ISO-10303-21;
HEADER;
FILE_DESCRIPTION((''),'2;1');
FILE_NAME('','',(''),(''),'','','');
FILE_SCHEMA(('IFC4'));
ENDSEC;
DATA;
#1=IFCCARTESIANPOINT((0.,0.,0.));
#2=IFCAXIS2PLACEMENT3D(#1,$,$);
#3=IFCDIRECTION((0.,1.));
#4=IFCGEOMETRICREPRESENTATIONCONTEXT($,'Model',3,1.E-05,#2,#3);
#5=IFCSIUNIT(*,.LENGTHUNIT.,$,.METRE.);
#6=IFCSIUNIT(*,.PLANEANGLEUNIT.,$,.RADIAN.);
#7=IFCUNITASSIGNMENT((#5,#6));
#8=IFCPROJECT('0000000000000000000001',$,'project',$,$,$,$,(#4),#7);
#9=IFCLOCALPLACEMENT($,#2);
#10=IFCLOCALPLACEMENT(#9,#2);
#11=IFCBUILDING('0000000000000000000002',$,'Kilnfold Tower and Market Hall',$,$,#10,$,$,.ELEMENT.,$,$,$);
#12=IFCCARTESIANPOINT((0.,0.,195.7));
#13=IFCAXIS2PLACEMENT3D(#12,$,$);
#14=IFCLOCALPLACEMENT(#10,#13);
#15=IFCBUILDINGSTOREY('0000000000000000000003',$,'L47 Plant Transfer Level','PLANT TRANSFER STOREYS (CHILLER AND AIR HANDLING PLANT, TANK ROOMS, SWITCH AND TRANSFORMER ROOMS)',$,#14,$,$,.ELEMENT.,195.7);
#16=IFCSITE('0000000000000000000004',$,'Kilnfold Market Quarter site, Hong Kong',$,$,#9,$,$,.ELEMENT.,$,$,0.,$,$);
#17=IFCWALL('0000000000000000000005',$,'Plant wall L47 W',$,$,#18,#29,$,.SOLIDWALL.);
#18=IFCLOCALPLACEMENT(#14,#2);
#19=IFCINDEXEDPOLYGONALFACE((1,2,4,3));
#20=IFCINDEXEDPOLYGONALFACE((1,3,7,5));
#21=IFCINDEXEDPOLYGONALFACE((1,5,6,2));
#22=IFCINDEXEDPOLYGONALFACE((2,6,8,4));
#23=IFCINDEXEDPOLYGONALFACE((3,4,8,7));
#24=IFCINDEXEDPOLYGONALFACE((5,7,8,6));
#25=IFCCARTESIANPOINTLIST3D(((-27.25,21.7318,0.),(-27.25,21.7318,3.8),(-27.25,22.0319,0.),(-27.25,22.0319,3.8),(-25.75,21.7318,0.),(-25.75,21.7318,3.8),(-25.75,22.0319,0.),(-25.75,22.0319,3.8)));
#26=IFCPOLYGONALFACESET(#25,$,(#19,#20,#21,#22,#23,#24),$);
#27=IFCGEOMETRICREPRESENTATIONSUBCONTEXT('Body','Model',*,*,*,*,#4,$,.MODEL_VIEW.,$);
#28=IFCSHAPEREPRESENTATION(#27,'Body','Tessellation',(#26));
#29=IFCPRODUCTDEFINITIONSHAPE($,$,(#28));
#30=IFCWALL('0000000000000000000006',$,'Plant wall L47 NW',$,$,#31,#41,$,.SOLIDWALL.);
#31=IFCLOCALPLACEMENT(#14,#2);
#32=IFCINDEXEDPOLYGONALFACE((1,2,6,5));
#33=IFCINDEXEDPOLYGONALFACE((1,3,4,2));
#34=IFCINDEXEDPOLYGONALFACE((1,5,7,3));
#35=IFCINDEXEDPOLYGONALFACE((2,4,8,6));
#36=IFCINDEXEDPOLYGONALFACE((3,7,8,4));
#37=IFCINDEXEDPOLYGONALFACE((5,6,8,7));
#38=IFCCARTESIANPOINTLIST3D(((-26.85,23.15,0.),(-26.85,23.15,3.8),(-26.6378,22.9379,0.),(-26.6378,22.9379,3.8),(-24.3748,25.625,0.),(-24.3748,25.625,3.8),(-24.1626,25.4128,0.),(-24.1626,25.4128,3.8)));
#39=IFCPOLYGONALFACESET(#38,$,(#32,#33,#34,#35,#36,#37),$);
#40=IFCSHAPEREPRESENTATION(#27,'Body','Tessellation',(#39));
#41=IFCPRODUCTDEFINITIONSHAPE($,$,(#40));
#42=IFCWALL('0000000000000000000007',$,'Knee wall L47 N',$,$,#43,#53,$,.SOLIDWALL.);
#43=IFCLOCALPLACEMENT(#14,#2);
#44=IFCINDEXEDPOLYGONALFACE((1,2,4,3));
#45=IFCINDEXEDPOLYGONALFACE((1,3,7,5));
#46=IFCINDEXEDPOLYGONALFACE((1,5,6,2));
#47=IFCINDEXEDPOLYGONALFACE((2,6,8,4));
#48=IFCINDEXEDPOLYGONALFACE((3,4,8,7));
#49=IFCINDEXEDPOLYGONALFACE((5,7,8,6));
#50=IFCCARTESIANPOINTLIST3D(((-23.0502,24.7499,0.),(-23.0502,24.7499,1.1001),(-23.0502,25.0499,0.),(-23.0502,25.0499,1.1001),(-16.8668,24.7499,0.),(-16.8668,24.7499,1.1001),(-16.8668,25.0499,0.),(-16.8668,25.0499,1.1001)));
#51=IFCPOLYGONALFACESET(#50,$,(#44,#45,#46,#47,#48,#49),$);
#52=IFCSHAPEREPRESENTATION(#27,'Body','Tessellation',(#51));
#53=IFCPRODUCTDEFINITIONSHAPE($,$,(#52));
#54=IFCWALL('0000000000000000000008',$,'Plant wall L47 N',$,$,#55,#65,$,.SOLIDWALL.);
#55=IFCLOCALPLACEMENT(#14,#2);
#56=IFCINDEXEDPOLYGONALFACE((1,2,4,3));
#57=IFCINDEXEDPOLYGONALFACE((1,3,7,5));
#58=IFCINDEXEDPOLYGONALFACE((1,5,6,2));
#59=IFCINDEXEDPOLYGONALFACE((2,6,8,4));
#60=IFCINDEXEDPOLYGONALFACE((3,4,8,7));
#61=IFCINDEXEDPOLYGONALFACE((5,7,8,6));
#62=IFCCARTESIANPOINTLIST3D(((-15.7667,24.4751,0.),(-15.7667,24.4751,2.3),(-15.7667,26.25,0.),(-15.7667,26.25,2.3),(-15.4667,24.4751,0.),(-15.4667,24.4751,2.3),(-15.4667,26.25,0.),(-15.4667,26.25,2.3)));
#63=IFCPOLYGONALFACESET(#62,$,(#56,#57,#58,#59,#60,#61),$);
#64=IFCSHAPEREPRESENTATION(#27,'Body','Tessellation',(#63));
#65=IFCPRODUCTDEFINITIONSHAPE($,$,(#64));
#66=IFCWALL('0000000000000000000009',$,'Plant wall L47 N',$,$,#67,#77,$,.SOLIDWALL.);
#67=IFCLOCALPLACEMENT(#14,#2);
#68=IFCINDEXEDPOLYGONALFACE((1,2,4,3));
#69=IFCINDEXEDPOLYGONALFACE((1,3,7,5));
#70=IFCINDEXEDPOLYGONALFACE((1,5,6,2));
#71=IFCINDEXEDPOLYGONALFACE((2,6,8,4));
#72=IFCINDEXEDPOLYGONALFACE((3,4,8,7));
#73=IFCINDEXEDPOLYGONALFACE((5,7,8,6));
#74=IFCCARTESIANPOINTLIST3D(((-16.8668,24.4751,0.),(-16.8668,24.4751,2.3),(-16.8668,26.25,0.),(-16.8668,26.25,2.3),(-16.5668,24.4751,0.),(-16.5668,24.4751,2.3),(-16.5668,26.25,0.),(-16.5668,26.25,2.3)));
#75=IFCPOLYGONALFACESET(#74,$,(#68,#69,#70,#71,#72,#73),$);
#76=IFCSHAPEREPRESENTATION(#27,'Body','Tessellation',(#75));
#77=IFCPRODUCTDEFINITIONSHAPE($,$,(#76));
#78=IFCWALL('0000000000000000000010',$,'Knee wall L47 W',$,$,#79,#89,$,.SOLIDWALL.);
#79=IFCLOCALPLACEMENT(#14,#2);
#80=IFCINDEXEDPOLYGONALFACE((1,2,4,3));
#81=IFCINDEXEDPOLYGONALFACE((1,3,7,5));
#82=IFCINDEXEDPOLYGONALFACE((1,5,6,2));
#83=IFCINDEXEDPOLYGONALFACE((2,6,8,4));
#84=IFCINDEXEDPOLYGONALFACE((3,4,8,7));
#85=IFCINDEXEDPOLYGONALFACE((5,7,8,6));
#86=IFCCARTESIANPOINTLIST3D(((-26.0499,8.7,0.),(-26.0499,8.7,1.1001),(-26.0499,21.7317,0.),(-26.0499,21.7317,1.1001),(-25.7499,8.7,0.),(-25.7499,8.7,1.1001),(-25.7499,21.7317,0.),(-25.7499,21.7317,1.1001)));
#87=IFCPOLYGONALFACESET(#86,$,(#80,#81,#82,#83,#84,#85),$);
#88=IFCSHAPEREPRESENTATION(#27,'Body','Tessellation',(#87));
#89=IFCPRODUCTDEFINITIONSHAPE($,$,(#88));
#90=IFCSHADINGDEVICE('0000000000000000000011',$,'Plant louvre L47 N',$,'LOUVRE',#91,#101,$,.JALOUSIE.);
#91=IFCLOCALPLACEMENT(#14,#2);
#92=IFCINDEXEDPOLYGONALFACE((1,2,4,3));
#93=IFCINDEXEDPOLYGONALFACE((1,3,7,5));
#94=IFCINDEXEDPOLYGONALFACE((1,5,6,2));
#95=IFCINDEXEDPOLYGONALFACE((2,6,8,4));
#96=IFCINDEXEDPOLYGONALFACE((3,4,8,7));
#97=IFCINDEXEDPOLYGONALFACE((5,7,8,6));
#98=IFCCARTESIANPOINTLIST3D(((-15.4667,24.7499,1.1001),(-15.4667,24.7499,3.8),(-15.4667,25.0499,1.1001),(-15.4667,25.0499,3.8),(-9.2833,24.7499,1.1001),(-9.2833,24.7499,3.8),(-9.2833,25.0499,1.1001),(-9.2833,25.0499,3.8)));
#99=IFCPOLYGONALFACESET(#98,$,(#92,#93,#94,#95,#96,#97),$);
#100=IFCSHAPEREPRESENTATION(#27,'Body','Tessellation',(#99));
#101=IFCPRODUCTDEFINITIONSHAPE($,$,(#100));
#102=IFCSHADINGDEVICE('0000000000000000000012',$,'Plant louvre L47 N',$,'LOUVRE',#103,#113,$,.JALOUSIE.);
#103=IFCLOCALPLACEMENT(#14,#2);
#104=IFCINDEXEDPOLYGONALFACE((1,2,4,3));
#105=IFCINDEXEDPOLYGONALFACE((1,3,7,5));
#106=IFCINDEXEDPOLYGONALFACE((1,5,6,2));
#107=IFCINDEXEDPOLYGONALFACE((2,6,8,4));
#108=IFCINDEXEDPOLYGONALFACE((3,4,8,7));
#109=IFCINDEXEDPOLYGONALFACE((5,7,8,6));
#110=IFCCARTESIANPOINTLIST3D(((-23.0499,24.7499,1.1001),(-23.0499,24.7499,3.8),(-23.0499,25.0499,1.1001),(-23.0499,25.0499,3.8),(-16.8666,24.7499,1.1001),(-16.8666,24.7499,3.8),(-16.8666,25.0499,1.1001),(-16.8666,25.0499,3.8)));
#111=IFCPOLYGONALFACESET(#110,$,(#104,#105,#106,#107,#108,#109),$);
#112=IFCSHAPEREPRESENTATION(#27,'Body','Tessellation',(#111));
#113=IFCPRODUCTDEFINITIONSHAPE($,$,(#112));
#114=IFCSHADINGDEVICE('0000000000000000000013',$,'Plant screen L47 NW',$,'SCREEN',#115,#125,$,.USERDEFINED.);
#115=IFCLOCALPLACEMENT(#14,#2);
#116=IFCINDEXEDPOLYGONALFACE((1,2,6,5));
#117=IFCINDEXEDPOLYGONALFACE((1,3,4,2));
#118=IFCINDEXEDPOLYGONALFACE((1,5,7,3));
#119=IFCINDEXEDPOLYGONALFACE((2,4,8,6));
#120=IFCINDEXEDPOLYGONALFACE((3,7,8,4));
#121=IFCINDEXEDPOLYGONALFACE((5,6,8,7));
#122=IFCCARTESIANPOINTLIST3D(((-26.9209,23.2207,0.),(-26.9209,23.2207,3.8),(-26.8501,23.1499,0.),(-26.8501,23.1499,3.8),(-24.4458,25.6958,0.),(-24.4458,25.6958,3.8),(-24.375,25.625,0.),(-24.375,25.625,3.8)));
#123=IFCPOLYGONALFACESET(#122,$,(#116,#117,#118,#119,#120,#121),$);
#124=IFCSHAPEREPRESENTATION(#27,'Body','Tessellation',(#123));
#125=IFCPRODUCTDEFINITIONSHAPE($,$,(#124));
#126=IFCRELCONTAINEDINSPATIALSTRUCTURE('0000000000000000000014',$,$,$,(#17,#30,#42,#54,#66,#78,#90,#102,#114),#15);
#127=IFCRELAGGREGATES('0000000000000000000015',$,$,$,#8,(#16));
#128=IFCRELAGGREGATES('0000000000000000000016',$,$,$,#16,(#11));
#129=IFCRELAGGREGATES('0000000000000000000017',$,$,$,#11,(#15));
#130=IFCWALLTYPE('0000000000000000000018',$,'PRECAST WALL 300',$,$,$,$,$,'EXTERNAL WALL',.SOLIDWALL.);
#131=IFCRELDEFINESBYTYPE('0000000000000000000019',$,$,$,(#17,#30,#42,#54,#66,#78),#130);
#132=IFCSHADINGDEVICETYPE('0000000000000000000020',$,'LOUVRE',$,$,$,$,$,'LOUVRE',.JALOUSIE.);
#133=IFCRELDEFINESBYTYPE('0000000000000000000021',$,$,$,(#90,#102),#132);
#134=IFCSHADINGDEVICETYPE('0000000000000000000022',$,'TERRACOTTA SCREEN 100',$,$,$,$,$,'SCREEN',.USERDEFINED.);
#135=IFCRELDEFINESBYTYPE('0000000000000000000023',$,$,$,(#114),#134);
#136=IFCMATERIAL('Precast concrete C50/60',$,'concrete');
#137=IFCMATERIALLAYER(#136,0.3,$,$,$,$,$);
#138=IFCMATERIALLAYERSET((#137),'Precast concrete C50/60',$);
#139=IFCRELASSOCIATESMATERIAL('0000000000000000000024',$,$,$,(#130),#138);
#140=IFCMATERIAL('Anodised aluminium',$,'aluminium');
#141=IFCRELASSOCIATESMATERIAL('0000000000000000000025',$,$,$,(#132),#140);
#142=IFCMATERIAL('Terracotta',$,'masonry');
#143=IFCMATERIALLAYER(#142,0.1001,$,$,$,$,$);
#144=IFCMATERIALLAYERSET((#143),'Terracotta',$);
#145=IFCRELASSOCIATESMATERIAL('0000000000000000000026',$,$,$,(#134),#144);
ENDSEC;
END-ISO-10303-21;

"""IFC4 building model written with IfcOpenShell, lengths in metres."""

from ifc_helpers import new_model, si_unit, direction, frame, frame_2d, origin, origin_2d, place, context, subcontext, project, spatial, rectangle, extrude, source, transform, mapped, material, layer, layer_set, type_object, element, save


model = new_model("IFC4")

# Units and contexts
model_context = context("Model", 3, precision=1e-05, world=origin(), true_north=direction((0.0, 1.0)))
body_context = subcontext(model_context, "Body", "Model", "MODEL_VIEW")
ifc_project = project(units=[si_unit("LENGTHUNIT", "METRE"), si_unit("PLANEANGLEUNIT", "RADIAN")], contexts=[model_context])

# Site, building, storey
site_placement = place(None, origin())
site = spatial("IfcSite", under=ifc_project, at=site_placement, Name="Kilnfold Market Quarter site, Hong Kong", CompositionType="ELEMENT", RefElevation=0.0)
building_placement = place(site_placement, origin())
building = spatial("IfcBuilding", under=site, at=building_placement, Name="Kilnfold Tower and Market Hall", CompositionType="ELEMENT")
storey_placement = place(building_placement, frame((0.0, 0.0, 195.7)))
storey = spatial("IfcBuildingStorey", under=building, at=storey_placement, Name="L47 Plant Transfer Level", Description="PLANT TRANSFER STOREYS (CHILLER AND AIR HANDLING PLANT, TANK ROOMS, SWITCH AND TRANSFORMER ROOMS)", CompositionType="ELEMENT", Elevation=195.7)

# Walls
ifc_material_1 = material(Name="Precast concrete C50/60", Category="concrete")
ifc_layer_1 = layer(ifc_material_1, 0.3)
ifc_layer_set_1 = layer_set([ifc_layer_1], Name="Precast concrete C50/60")
wall_type_1 = type_object("IfcWallType", Name="PRECAST WALL 300", ElementType="EXTERNAL WALL", PredefinedType="SOLIDWALL", material=ifc_layer_set_1)
shared_shape_1 = source(origin(), body_context, "Body", "SweptSolid", [
    extrude(rectangle(XDim=1.5, YDim=0.3, at=frame_2d((0.75, 0.0))), origin(), (0.0, 0.0, 1.0), 3.8),
])
wall_1_placement = place(storey_placement, frame((-27.25, 21.8818, 0.0), z_axis=(0.0, 0.0, 1.0), x_axis=(1.0, 0.0, 0.0)))
element("IfcWall", 1, at=wall_1_placement, inside=storey, type_object=wall_type_1, Name="Plant wall L47 W", PredefinedType="SOLIDWALL", context=body_context, shape_type="MappedRepresentation", body=[
    mapped(shared_shape_1, transform((0.0, 0.0, 0.0))),
])
shared_shape_2 = source(origin(), body_context, "Body", "SweptSolid", [
    extrude(rectangle(XDim=3.5002, YDim=0.3, at=frame_2d((1.75, 0.0))), origin(), (0.0, 0.0, 1.0), 3.8),
])
wall_2_placement = place(storey_placement, frame((-24.2688, 25.5188, 0.0), z_axis=(0.0, 0.0, 1.0), x_axis=(-0.707142, -0.707072, 0.0)))
element("IfcWall", 2, at=wall_2_placement, inside=storey, type_object=wall_type_1, Name="Plant wall L47 NW", PredefinedType="SOLIDWALL", context=body_context, shape_type="MappedRepresentation", body=[
    mapped(shared_shape_2, transform((0.0, 0.0, 0.0))),
])
shared_shape_3 = source(origin(), body_context, "Body", "SweptSolid", [
    extrude(rectangle(XDim=6.1833, YDim=0.3, at=frame_2d((3.0918, 0.0))), origin(), (0.0, 0.0, 1.0), 1.1001),
])
wall_3_placement = place(storey_placement, frame((-16.8667, 24.8999, 0.0), z_axis=(0.0, 0.0, 1.0), x_axis=(-1.0, 0.0, 0.0)))
element("IfcWall", 3, at=wall_3_placement, inside=storey, type_object=wall_type_1, Name="Knee wall L47 N", PredefinedType="SOLIDWALL", context=body_context, shape_type="MappedRepresentation", body=[
    mapped(shared_shape_3, transform((0.0, 0.0, 0.0))),
])
shared_shape_4 = source(origin(), body_context, "Body", "SweptSolid", [
    extrude(rectangle(XDim=1.7749, YDim=0.3, at=frame_2d((0.8875, 0.0))), origin(), (0.0, 0.0, 1.0), 2.3),
])
for number, where, z_axis, x_axis, name in (
    (4, (-15.6167, 26.25, 0.0), (0.0, 0.0, 1.0), (0.0, -1.0, 0.0), "Plant wall L47 N"),
    (5, (-16.7168, 26.25, 0.0), (0.0, 0.0, 1.0), (0.0, -1.0, 0.0), "Plant wall L47 N"),
):
    element("IfcWall", number, at=place(storey_placement, frame(where, z_axis=z_axis, x_axis=x_axis)), inside=storey, type_object=wall_type_1, Name=name, PredefinedType="SOLIDWALL", context=body_context, shape_type="MappedRepresentation", body=[
        mapped(shared_shape_4, transform((0.0, 0.0, 0.0))),
    ])
shared_shape_5 = source(origin(), body_context, "Body", "SweptSolid", [
    extrude(rectangle(XDim=13.0317, YDim=0.3, at=frame_2d((6.5159, 0.0))), origin(), (0.0, 0.0, 1.0), 1.1001),
])
wall_4_placement = place(storey_placement, frame((-25.8999, 21.7317, 0.0), z_axis=(0.0, 0.0, 1.0), x_axis=(0.0, -1.0, 0.0)))
element("IfcWall", 6, at=wall_4_placement, inside=storey, type_object=wall_type_1, Name="Knee wall L47 W", PredefinedType="SOLIDWALL", context=body_context, shape_type="MappedRepresentation", body=[
    mapped(shared_shape_5, transform((0.0, 0.0, 0.0))),
])

# Shading devices
ifc_material_2 = material(Name="Anodised aluminium", Category="aluminium")
shading_device_type_1 = type_object("IfcShadingDeviceType", Name="LOUVRE", ElementType="LOUVRE", PredefinedType="JALOUSIE", material=ifc_material_2)
shared_shape_6 = source(origin(), body_context, "Body", "SweptSolid", [
    extrude(rectangle(XDim=6.1833, YDim=0.3, at=origin_2d()), origin(), (0.0, 0.0, 1.0), 2.7),
])
for number, where, z_axis, x_axis, name in (
    (7, (-12.375, 24.8999, 1.1001), (0.0, 0.0, 1.0), (-1.0, 0.0, 0.0), "Plant louvre L47 N"),
    (8, (-19.9583, 24.8999, 1.1001), (0.0, 0.0, 1.0), (-1.0, 0.0, 0.0), "Plant louvre L47 N"),
):
    element("IfcShadingDevice", number, at=place(storey_placement, frame(where, z_axis=z_axis, x_axis=x_axis)), inside=storey, type_object=shading_device_type_1, Name=name, ObjectType="LOUVRE", PredefinedType="JALOUSIE", context=body_context, shape_type="MappedRepresentation", body=[
        mapped(shared_shape_6, transform((0.0, 0.0, 0.0))),
    ])
ifc_material_3 = material(Name="Terracotta", Category="masonry")
ifc_layer_2 = layer(ifc_material_3, 0.1001)
ifc_layer_set_2 = layer_set([ifc_layer_2], Name="Terracotta")
shading_device_type_2 = type_object("IfcShadingDeviceType", Name="TERRACOTTA SCREEN 100", ElementType="SCREEN", PredefinedType="USERDEFINED", material=ifc_layer_set_2)
shared_shape_7 = source(origin(), body_context, "Body", "SweptSolid", [
    extrude(rectangle(XDim=3.5002, YDim=0.1001, at=origin_2d()), origin(), (0.0, 0.0, 1.0), 3.8),
])
shading_device_placement = place(storey_placement, frame((-25.6479, 24.4229, 0.0), z_axis=(0.0, 0.0, 1.0), x_axis=(-0.707107, -0.707107, 0.0)))
element("IfcShadingDevice", 9, at=shading_device_placement, inside=storey, type_object=shading_device_type_2, Name="Plant screen L47 NW", ObjectType="SCREEN", PredefinedType="USERDEFINED", context=body_context, shape_type="MappedRepresentation", body=[
    mapped(shared_shape_7, transform((0.0, 0.0, 0.0))),
])

save(model, "model.ifc")
